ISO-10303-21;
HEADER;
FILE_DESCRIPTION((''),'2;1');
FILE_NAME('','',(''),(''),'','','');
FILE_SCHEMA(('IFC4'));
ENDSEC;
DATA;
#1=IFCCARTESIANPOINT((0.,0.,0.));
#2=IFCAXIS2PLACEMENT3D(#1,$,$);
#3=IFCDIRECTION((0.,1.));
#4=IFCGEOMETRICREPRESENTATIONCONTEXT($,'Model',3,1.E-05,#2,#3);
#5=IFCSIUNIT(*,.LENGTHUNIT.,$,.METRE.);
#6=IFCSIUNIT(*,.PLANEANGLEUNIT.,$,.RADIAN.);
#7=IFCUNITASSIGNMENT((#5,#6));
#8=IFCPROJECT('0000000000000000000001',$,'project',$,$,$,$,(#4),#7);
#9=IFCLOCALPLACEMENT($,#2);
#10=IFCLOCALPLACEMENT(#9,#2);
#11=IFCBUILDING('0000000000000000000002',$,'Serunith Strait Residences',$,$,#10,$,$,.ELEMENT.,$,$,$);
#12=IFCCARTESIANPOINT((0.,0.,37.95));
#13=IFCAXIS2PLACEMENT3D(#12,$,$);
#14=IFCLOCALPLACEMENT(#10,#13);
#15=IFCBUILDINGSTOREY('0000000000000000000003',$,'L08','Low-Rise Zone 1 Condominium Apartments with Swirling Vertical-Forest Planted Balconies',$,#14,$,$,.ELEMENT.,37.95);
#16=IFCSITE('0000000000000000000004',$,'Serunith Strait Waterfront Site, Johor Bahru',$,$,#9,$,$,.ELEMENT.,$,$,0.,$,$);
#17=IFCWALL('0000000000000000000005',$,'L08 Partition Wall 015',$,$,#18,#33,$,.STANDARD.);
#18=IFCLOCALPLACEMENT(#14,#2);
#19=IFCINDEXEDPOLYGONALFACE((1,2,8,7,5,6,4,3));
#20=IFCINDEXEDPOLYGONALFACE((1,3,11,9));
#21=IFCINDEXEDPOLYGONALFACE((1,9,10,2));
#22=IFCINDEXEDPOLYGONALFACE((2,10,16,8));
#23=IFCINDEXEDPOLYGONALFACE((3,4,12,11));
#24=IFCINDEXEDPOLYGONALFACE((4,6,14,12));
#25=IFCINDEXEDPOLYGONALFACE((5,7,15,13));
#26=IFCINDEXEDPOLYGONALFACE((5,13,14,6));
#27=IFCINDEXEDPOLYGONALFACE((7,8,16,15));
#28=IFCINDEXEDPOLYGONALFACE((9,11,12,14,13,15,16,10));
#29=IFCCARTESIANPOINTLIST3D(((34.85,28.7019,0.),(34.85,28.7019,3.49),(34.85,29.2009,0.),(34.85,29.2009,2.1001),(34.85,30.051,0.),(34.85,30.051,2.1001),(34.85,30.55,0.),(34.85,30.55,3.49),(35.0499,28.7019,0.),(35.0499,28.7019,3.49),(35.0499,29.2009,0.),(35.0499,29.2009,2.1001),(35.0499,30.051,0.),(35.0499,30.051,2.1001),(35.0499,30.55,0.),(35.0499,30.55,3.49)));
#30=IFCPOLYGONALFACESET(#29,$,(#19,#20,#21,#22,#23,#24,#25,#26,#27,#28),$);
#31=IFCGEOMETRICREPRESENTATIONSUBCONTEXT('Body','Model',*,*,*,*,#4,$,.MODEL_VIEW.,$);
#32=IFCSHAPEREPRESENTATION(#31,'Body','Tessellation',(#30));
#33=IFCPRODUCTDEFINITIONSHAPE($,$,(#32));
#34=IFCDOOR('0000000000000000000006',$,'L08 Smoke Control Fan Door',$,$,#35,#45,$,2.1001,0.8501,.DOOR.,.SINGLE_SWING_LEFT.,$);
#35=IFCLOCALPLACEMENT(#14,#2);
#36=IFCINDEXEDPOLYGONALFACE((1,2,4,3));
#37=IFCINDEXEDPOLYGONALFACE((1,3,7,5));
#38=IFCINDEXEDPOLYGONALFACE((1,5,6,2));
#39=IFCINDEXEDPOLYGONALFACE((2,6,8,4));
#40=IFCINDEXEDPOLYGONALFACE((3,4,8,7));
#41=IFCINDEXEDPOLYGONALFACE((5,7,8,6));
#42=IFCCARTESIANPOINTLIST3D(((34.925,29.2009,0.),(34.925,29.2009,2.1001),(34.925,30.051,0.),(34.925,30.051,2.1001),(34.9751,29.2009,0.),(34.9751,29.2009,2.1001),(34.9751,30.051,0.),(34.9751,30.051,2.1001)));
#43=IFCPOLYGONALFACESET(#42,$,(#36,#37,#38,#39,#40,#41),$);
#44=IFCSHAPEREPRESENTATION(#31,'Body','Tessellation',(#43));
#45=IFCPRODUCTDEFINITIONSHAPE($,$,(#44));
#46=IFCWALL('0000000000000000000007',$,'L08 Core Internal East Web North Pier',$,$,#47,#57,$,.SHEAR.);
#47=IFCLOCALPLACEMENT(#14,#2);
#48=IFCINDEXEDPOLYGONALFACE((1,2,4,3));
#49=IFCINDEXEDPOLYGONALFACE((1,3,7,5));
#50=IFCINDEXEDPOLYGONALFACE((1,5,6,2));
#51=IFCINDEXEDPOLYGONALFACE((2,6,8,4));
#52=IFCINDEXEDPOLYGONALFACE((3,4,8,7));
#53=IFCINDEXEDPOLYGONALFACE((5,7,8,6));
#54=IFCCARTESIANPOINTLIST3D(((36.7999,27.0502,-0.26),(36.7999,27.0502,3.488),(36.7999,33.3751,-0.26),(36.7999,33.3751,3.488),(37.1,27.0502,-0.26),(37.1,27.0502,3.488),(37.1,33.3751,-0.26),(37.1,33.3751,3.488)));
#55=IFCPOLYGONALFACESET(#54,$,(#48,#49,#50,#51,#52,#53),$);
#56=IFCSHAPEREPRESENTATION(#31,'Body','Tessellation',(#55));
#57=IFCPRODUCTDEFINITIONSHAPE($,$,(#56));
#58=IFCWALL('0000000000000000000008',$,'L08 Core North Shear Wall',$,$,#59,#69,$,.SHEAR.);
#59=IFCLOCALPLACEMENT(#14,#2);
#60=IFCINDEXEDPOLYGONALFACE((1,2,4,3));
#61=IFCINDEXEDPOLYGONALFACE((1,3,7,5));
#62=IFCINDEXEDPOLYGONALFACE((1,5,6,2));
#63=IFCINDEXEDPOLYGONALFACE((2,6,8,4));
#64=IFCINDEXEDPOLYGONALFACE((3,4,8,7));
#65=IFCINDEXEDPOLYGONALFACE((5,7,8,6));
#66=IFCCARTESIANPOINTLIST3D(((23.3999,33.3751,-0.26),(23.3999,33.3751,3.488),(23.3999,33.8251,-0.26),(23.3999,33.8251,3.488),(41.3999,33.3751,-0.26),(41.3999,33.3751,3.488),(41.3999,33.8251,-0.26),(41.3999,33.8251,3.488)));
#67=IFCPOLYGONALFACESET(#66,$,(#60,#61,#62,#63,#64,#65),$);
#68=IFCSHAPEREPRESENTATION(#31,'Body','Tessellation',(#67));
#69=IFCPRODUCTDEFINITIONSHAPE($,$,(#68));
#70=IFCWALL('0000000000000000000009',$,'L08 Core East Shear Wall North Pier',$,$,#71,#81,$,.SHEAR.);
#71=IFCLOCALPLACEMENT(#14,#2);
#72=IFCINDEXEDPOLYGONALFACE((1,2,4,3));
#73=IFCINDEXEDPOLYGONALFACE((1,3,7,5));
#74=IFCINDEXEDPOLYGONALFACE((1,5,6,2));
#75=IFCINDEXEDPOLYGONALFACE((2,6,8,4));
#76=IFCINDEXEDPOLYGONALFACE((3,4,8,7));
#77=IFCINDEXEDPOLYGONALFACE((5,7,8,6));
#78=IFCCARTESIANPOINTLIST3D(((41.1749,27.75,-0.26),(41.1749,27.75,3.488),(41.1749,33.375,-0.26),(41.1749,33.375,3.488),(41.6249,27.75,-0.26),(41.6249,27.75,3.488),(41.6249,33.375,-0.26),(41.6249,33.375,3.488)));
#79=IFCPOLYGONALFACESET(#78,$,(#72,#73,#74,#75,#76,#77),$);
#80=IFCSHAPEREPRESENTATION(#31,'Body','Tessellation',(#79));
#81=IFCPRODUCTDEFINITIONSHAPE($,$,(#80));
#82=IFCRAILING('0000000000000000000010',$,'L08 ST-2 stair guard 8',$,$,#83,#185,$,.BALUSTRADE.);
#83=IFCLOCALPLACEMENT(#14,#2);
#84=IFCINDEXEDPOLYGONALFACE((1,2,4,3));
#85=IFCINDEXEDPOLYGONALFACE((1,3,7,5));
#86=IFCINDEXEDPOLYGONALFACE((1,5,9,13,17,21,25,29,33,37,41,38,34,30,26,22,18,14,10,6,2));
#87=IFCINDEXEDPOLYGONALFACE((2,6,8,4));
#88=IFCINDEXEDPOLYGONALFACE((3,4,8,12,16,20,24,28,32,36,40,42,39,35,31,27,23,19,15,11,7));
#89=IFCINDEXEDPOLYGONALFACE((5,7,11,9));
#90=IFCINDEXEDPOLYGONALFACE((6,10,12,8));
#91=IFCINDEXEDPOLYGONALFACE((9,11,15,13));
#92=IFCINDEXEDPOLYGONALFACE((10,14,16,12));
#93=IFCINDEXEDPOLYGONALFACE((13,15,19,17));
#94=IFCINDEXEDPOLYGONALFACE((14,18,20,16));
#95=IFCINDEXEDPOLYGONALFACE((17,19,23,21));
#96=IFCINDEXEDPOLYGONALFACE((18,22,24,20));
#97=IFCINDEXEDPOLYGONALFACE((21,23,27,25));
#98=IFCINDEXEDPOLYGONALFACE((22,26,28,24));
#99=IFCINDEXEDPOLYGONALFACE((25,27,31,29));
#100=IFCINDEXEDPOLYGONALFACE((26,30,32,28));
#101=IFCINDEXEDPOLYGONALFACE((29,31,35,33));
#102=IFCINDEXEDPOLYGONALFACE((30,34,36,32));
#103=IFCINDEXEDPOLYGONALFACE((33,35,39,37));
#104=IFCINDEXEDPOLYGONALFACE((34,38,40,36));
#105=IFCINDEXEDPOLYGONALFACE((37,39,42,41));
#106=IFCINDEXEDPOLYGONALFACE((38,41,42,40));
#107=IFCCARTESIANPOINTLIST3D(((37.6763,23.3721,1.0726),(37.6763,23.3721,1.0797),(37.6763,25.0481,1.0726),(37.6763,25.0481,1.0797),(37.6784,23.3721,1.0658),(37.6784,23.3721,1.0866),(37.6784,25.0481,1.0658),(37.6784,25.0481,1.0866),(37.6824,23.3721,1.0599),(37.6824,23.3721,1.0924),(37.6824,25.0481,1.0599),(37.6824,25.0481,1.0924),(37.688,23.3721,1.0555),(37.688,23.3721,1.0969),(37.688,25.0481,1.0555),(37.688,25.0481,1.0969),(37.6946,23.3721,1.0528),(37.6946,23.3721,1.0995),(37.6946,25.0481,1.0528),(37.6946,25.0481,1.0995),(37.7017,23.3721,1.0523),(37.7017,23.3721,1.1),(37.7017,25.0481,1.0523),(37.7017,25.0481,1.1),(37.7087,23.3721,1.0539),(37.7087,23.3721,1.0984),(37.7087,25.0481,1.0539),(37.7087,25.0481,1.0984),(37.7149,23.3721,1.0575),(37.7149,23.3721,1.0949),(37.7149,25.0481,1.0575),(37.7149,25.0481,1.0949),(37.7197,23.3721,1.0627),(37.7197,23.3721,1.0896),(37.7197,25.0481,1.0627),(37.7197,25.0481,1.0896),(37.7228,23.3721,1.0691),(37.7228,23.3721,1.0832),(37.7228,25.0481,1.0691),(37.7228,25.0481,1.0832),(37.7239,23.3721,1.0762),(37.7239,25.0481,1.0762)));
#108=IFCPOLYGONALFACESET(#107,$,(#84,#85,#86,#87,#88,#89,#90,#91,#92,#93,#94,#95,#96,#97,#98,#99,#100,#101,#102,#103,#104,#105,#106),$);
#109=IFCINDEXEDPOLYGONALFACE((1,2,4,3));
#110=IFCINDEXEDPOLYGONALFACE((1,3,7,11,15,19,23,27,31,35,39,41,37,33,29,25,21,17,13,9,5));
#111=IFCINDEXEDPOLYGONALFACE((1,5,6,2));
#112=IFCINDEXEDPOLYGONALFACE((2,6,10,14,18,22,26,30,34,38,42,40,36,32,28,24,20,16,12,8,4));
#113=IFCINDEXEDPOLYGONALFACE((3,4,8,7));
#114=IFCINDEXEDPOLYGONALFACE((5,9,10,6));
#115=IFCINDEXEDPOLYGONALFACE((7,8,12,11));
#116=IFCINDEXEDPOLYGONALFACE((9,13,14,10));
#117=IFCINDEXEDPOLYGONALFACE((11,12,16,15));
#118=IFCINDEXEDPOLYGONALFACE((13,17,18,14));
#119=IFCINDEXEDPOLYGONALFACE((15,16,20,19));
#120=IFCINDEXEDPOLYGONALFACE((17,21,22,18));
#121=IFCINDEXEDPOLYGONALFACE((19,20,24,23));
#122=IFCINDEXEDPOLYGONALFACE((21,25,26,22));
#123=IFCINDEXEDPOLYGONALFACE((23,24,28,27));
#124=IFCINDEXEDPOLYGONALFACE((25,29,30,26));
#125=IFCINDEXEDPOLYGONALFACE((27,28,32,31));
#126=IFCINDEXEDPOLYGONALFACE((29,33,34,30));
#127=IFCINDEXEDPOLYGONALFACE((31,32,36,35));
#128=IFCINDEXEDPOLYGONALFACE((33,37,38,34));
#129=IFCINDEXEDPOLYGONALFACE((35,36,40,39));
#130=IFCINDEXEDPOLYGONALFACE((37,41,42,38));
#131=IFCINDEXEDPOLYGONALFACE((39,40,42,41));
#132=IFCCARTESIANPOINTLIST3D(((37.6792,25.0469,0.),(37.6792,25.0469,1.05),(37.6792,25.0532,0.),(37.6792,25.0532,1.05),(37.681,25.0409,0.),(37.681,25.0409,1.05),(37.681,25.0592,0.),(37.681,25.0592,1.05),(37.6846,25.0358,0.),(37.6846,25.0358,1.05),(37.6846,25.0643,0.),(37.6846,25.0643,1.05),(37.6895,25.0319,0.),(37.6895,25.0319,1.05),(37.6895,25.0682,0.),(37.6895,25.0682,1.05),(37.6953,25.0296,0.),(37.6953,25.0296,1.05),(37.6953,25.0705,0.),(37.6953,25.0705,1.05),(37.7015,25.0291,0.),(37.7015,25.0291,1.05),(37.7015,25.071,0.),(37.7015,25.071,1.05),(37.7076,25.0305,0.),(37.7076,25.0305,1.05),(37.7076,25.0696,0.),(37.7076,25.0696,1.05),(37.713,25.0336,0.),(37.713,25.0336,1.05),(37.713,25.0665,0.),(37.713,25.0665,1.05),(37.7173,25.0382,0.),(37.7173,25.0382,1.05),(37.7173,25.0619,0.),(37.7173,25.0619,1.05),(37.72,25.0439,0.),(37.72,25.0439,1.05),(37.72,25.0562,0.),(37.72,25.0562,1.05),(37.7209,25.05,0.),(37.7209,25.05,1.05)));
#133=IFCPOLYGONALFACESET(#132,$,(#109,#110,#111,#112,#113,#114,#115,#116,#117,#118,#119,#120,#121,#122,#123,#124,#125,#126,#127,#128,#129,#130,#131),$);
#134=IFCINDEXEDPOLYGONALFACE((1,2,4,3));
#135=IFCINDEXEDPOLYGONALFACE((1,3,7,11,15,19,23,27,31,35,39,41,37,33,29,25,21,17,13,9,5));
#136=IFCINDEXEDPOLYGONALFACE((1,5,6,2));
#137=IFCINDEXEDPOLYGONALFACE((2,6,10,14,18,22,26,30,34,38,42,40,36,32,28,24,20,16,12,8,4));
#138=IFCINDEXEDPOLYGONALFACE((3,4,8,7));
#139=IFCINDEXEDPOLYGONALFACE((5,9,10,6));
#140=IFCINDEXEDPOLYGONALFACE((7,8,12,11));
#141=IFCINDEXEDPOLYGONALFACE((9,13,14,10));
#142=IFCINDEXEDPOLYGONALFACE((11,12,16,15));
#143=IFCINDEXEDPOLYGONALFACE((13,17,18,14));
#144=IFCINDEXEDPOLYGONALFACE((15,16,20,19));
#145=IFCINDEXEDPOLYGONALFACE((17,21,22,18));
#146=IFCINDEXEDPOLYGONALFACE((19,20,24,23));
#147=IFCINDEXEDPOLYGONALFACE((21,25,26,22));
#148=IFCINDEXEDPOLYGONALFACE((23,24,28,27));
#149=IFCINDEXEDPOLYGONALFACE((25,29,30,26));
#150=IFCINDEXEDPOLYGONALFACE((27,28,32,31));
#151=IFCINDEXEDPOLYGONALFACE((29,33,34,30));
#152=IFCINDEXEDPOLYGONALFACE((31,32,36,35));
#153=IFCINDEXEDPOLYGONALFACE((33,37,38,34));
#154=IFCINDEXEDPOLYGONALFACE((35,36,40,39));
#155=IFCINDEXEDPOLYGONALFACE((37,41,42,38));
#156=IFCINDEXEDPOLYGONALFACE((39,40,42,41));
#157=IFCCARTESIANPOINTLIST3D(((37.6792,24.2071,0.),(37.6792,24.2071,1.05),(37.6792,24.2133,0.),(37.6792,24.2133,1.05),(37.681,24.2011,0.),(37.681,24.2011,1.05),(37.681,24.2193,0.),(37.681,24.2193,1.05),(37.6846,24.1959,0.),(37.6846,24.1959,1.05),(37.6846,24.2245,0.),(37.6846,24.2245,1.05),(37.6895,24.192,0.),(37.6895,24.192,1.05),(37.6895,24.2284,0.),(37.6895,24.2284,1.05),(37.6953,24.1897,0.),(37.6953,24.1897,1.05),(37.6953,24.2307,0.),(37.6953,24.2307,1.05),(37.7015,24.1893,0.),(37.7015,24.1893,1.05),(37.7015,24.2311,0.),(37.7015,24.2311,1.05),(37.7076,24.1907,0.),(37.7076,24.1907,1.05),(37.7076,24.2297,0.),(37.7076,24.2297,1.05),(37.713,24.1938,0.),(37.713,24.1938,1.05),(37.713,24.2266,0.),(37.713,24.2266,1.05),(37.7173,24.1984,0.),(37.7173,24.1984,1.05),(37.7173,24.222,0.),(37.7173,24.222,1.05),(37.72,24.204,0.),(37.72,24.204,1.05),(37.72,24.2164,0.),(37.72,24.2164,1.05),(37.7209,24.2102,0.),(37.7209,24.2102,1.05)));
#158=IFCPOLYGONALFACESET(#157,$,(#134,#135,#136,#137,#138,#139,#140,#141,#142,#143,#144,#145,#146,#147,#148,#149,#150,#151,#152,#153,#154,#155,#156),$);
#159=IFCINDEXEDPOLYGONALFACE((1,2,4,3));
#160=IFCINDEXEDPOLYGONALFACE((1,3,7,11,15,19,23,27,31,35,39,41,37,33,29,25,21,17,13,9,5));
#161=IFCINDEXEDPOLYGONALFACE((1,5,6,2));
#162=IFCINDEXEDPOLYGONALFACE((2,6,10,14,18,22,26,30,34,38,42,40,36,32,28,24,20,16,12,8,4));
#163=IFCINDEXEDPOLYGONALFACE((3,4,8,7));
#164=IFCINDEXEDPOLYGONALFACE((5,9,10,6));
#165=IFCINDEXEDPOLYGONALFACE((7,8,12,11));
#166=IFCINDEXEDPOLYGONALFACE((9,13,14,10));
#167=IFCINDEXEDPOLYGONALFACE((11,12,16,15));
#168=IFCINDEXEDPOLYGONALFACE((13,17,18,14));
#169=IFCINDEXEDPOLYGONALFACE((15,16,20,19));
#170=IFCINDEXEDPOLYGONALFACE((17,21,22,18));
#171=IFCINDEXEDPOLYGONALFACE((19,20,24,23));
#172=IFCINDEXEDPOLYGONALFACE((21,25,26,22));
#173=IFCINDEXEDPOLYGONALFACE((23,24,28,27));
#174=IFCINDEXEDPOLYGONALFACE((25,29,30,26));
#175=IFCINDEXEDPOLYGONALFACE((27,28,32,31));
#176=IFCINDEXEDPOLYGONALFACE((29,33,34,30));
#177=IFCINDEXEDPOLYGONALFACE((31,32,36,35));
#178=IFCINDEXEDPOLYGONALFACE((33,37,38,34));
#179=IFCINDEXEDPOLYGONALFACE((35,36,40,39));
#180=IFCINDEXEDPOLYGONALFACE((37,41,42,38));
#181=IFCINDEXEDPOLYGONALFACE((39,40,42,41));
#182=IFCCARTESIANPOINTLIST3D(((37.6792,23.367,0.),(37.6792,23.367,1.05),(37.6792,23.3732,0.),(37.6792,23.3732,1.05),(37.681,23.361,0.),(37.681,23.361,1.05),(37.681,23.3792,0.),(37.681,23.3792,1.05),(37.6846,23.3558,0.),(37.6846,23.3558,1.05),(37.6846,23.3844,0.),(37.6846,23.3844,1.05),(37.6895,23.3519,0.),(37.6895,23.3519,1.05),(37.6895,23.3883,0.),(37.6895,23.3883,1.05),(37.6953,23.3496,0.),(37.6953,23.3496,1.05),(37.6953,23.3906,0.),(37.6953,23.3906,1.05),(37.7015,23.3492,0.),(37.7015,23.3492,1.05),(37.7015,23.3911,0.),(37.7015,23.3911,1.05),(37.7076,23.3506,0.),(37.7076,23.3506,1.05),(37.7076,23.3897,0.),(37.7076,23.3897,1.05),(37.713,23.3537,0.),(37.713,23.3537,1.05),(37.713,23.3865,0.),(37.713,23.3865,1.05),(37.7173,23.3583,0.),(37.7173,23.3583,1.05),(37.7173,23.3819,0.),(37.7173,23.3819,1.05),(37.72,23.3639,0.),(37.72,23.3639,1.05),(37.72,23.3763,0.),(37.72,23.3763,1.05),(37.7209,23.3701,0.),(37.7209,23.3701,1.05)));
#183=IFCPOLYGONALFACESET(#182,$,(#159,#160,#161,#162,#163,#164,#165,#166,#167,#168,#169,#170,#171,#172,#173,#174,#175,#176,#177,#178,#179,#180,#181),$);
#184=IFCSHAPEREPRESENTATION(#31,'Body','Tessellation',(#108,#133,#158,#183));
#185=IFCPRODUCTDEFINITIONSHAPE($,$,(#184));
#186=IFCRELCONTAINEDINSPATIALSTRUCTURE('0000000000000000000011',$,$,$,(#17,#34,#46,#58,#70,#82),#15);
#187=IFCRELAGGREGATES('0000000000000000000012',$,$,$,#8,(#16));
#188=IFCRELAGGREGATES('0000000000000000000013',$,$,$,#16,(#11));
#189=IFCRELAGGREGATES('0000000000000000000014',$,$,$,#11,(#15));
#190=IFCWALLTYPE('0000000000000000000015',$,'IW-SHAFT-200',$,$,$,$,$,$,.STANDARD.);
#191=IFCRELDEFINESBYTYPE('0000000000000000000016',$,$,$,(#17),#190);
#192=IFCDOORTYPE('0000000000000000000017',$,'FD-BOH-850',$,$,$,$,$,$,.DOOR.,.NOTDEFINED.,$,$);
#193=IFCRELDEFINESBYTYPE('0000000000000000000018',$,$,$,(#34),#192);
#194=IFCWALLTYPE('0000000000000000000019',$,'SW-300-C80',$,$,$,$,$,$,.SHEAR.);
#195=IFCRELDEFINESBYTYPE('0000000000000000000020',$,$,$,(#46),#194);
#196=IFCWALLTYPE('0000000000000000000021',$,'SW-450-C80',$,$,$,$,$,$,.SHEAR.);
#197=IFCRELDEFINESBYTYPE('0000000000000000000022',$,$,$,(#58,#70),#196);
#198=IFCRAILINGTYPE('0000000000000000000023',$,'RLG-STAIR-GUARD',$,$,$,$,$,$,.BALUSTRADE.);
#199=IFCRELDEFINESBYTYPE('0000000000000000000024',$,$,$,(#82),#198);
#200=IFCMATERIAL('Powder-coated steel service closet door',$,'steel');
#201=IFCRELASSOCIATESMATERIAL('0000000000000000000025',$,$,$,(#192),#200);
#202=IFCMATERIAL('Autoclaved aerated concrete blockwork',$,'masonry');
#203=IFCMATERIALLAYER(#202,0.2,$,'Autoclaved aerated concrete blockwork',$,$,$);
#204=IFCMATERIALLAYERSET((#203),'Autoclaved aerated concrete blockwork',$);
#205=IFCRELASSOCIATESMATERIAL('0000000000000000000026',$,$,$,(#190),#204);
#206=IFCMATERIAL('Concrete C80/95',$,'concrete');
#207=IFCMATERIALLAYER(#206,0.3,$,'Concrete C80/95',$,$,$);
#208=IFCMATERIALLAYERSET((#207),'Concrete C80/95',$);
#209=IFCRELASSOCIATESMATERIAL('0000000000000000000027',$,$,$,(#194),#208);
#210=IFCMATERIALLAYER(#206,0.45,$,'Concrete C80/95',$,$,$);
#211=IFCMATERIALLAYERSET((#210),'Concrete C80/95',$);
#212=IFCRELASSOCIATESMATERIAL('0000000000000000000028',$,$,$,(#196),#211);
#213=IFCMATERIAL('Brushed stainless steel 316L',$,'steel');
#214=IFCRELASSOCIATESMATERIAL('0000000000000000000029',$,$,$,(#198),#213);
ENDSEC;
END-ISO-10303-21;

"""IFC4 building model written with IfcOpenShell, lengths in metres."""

from ifc_helpers import new_model, si_unit, direction, frame, frame_2d, origin, origin_2d, place, context, subcontext, project, spatial, rectangle, circle, extrude, source, transform, mapped, material, layer, layer_set, type_object, element, fill, save


model = new_model("IFC4")

# Units and contexts
model_context = context("Model", 3, precision=1e-05, world=origin(), true_north=direction((0.0, 1.0)))
body_context = subcontext(model_context, "Body", "Model", "MODEL_VIEW")
ifc_project = project(units=[si_unit("LENGTHUNIT", "METRE"), si_unit("PLANEANGLEUNIT", "RADIAN")], contexts=[model_context])

# Site, building, storey
site_placement = place(None, origin())
site = spatial("IfcSite", under=ifc_project, at=site_placement, Name="Serunith Strait Waterfront Site, Johor Bahru", CompositionType="ELEMENT", RefElevation=0.0)
building_placement = place(site_placement, origin())
building = spatial("IfcBuilding", under=site, at=building_placement, Name="Serunith Strait Residences", CompositionType="ELEMENT")
storey_placement = place(building_placement, frame((0.0, 0.0, 37.95)))
storey = spatial("IfcBuildingStorey", under=building, at=storey_placement, Name="L08", Description="Low-Rise Zone 1 Condominium Apartments with Swirling Vertical-Forest Planted Balconies", CompositionType="ELEMENT", Elevation=37.95)

# Shared definitions
ifc_material_1 = material(Name="Powder-coated steel service closet door", Category="steel")
door_type_1 = type_object("IfcDoorType", Name="FD-BOH-850", OperationType="NOTDEFINED", PredefinedType="DOOR", material=ifc_material_1)
shared_shape_1 = source(origin(), body_context, "Body", "SweptSolid", [
    extrude(rectangle(XDim=0.8501, YDim=2.1001, at=frame_2d((0.425, 1.05))), frame((0.0, 0.0249, 0.0), z_axis=(0.0, -1.0, 0.0), x_axis=(1.0, 0.0, 0.0)), (0.0, 0.0, 1.0), 0.05),
])

# Shared definitions
ifc_material_2 = material(Name="Autoclaved aerated concrete blockwork", Category="masonry")
ifc_layer_1 = layer(ifc_material_2, 0.2, Name="Autoclaved aerated concrete blockwork")
ifc_layer_set_1 = layer_set([ifc_layer_1], Name="Autoclaved aerated concrete blockwork")
wall_type_1 = type_object("IfcWallType", Name="IW-SHAFT-200", PredefinedType="STANDARD", material=ifc_layer_set_1)

# Wall, opening, door
wall_1_placement = place(storey_placement, frame((34.95, 28.7019, 0.0), z_axis=(0.0, 0.0, 1.0), x_axis=(0.0, 1.0, 0.0)))
wall_1 = element("IfcWall", 1, at=wall_1_placement, inside=storey, type_object=wall_type_1, Name="L08 Partition Wall 015", PredefinedType="STANDARD", context=body_context, shape_type="SweptSolid", body=[
    extrude(rectangle(XDim=1.8481, YDim=0.2, at=frame_2d((0.9241, 0.0))), origin(), (0.0, 0.0, 1.0), 3.49),
])
opening_1_placement = place(wall_1_placement, frame((0.499, 0.0, 0.0)))
opening_1 = element("IfcOpeningElement", 2, at=opening_1_placement, cuts=wall_1, PredefinedType="OPENING", context=body_context, shape_type="SweptSolid", body=[
    extrude(rectangle(XDim=0.8501, YDim=2.1001, at=frame_2d((0.425, 1.05))), frame((0.0, 0.1099, 0.0), z_axis=(0.0, -1.0, 0.0), x_axis=(1.0, 0.0, 0.0)), (0.0, 0.0, 1.0), 0.22),
])
door_1_placement = place(opening_1_placement, origin())
door_1 = element("IfcDoor", 3, at=door_1_placement, inside=storey, type_object=door_type_1, Name="L08 Smoke Control Fan Door", OperationType="SINGLE_SWING_LEFT", OverallHeight=2.1001, OverallWidth=0.8501, PredefinedType="DOOR", context=body_context, shape_type="MappedRepresentation", body=[
    mapped(shared_shape_1, transform((0.0, 0.0, 0.0), scale=1.0)),
])
fill(opening_1, door_1)

# Walls
ifc_material_3 = material(Name="Concrete C80/95", Category="concrete")
ifc_layer_2 = layer(ifc_material_3, 0.3, Name="Concrete C80/95")
ifc_layer_set_2 = layer_set([ifc_layer_2], Name="Concrete C80/95")
wall_type_2 = type_object("IfcWallType", Name="SW-300-C80", PredefinedType="SHEAR", material=ifc_layer_set_2)
wall_2_placement = place(storey_placement, frame((36.95, 27.05, -0.26), z_axis=(0.0, 0.0, 1.0), x_axis=(0.0, 1.0, 0.0)))
element("IfcWall", 4, at=wall_2_placement, inside=storey, type_object=wall_type_2, Name="L08 Core Internal East Web North Pier", PredefinedType="SHEAR", context=body_context, shape_type="SweptSolid", body=[
    extrude(rectangle(XDim=6.325, YDim=0.3, at=frame_2d((3.1626, 0.0))), origin(), (0.0, 0.0, 1.0), 3.748),
])
ifc_layer_3 = layer(ifc_material_3, 0.45, Name="Concrete C80/95")
ifc_layer_set_3 = layer_set([ifc_layer_3], Name="Concrete C80/95")
wall_type_3 = type_object("IfcWallType", Name="SW-450-C80", PredefinedType="SHEAR", material=ifc_layer_set_3)
wall_3_placement = place(storey_placement, frame((41.3999, 33.6001, -0.26), z_axis=(0.0, 0.0, 1.0), x_axis=(-1.0, 0.0, 0.0)))
element("IfcWall", 5, at=wall_3_placement, inside=storey, type_object=wall_type_3, Name="L08 Core North Shear Wall", PredefinedType="SHEAR", context=body_context, shape_type="SweptSolid", body=[
    extrude(rectangle(XDim=18.0, YDim=0.45, at=frame_2d((9.0, 0.0))), origin(), (0.0, 0.0, 1.0), 3.748),
])
wall_4_placement = place(storey_placement, frame((41.3999, 27.75, -0.26), z_axis=(0.0, 0.0, 1.0), x_axis=(0.0, 1.0, 0.0)))
element("IfcWall", 6, at=wall_4_placement, inside=storey, type_object=wall_type_3, Name="L08 Core East Shear Wall North Pier", PredefinedType="SHEAR", context=body_context, shape_type="SweptSolid", body=[
    extrude(rectangle(XDim=5.625, YDim=0.45, at=frame_2d((2.8125, 0.0))), origin(), (0.0, 0.0, 1.0), 3.748),
])

# Railing
ifc_material_4 = material(Name="Brushed stainless steel 316L", Category="steel")
railing_type = type_object("IfcRailingType", Name="RLG-STAIR-GUARD", PredefinedType="BALUSTRADE", material=ifc_material_4)
for number, where, name in (
    (7, (37.7, 25.05, 0.0), "L08 ST-2 stair guard 8"),
):
    element("IfcRailing", number, at=place(storey_placement, frame(where)), inside=storey, type_object=railing_type, Name=name, PredefinedType="BALUSTRADE", context=body_context, shape_type="SweptSolid", body=[
        extrude(circle(Radius=0.0239, at=origin_2d()), frame((0.0, -0.002, 1.0762), z_axis=(0.0, -1.0, 0.0), x_axis=(1.0, 0.0, 0.0)), (0.0, 0.0, 1.0), 1.676),
        extrude(circle(Radius=0.021, at=origin_2d()), origin(), (0.0, 0.0, 1.0), 1.05),
        extrude(circle(Radius=0.021, at=origin_2d()), frame((0.0, -0.8398, 0.0)), (0.0, 0.0, 1.0), 1.05),
        extrude(circle(Radius=0.021, at=origin_2d()), frame((0.0, -1.6799, 0.0)), (0.0, 0.0, 1.0), 1.05),
    ])

save(model, "model.ifc")
